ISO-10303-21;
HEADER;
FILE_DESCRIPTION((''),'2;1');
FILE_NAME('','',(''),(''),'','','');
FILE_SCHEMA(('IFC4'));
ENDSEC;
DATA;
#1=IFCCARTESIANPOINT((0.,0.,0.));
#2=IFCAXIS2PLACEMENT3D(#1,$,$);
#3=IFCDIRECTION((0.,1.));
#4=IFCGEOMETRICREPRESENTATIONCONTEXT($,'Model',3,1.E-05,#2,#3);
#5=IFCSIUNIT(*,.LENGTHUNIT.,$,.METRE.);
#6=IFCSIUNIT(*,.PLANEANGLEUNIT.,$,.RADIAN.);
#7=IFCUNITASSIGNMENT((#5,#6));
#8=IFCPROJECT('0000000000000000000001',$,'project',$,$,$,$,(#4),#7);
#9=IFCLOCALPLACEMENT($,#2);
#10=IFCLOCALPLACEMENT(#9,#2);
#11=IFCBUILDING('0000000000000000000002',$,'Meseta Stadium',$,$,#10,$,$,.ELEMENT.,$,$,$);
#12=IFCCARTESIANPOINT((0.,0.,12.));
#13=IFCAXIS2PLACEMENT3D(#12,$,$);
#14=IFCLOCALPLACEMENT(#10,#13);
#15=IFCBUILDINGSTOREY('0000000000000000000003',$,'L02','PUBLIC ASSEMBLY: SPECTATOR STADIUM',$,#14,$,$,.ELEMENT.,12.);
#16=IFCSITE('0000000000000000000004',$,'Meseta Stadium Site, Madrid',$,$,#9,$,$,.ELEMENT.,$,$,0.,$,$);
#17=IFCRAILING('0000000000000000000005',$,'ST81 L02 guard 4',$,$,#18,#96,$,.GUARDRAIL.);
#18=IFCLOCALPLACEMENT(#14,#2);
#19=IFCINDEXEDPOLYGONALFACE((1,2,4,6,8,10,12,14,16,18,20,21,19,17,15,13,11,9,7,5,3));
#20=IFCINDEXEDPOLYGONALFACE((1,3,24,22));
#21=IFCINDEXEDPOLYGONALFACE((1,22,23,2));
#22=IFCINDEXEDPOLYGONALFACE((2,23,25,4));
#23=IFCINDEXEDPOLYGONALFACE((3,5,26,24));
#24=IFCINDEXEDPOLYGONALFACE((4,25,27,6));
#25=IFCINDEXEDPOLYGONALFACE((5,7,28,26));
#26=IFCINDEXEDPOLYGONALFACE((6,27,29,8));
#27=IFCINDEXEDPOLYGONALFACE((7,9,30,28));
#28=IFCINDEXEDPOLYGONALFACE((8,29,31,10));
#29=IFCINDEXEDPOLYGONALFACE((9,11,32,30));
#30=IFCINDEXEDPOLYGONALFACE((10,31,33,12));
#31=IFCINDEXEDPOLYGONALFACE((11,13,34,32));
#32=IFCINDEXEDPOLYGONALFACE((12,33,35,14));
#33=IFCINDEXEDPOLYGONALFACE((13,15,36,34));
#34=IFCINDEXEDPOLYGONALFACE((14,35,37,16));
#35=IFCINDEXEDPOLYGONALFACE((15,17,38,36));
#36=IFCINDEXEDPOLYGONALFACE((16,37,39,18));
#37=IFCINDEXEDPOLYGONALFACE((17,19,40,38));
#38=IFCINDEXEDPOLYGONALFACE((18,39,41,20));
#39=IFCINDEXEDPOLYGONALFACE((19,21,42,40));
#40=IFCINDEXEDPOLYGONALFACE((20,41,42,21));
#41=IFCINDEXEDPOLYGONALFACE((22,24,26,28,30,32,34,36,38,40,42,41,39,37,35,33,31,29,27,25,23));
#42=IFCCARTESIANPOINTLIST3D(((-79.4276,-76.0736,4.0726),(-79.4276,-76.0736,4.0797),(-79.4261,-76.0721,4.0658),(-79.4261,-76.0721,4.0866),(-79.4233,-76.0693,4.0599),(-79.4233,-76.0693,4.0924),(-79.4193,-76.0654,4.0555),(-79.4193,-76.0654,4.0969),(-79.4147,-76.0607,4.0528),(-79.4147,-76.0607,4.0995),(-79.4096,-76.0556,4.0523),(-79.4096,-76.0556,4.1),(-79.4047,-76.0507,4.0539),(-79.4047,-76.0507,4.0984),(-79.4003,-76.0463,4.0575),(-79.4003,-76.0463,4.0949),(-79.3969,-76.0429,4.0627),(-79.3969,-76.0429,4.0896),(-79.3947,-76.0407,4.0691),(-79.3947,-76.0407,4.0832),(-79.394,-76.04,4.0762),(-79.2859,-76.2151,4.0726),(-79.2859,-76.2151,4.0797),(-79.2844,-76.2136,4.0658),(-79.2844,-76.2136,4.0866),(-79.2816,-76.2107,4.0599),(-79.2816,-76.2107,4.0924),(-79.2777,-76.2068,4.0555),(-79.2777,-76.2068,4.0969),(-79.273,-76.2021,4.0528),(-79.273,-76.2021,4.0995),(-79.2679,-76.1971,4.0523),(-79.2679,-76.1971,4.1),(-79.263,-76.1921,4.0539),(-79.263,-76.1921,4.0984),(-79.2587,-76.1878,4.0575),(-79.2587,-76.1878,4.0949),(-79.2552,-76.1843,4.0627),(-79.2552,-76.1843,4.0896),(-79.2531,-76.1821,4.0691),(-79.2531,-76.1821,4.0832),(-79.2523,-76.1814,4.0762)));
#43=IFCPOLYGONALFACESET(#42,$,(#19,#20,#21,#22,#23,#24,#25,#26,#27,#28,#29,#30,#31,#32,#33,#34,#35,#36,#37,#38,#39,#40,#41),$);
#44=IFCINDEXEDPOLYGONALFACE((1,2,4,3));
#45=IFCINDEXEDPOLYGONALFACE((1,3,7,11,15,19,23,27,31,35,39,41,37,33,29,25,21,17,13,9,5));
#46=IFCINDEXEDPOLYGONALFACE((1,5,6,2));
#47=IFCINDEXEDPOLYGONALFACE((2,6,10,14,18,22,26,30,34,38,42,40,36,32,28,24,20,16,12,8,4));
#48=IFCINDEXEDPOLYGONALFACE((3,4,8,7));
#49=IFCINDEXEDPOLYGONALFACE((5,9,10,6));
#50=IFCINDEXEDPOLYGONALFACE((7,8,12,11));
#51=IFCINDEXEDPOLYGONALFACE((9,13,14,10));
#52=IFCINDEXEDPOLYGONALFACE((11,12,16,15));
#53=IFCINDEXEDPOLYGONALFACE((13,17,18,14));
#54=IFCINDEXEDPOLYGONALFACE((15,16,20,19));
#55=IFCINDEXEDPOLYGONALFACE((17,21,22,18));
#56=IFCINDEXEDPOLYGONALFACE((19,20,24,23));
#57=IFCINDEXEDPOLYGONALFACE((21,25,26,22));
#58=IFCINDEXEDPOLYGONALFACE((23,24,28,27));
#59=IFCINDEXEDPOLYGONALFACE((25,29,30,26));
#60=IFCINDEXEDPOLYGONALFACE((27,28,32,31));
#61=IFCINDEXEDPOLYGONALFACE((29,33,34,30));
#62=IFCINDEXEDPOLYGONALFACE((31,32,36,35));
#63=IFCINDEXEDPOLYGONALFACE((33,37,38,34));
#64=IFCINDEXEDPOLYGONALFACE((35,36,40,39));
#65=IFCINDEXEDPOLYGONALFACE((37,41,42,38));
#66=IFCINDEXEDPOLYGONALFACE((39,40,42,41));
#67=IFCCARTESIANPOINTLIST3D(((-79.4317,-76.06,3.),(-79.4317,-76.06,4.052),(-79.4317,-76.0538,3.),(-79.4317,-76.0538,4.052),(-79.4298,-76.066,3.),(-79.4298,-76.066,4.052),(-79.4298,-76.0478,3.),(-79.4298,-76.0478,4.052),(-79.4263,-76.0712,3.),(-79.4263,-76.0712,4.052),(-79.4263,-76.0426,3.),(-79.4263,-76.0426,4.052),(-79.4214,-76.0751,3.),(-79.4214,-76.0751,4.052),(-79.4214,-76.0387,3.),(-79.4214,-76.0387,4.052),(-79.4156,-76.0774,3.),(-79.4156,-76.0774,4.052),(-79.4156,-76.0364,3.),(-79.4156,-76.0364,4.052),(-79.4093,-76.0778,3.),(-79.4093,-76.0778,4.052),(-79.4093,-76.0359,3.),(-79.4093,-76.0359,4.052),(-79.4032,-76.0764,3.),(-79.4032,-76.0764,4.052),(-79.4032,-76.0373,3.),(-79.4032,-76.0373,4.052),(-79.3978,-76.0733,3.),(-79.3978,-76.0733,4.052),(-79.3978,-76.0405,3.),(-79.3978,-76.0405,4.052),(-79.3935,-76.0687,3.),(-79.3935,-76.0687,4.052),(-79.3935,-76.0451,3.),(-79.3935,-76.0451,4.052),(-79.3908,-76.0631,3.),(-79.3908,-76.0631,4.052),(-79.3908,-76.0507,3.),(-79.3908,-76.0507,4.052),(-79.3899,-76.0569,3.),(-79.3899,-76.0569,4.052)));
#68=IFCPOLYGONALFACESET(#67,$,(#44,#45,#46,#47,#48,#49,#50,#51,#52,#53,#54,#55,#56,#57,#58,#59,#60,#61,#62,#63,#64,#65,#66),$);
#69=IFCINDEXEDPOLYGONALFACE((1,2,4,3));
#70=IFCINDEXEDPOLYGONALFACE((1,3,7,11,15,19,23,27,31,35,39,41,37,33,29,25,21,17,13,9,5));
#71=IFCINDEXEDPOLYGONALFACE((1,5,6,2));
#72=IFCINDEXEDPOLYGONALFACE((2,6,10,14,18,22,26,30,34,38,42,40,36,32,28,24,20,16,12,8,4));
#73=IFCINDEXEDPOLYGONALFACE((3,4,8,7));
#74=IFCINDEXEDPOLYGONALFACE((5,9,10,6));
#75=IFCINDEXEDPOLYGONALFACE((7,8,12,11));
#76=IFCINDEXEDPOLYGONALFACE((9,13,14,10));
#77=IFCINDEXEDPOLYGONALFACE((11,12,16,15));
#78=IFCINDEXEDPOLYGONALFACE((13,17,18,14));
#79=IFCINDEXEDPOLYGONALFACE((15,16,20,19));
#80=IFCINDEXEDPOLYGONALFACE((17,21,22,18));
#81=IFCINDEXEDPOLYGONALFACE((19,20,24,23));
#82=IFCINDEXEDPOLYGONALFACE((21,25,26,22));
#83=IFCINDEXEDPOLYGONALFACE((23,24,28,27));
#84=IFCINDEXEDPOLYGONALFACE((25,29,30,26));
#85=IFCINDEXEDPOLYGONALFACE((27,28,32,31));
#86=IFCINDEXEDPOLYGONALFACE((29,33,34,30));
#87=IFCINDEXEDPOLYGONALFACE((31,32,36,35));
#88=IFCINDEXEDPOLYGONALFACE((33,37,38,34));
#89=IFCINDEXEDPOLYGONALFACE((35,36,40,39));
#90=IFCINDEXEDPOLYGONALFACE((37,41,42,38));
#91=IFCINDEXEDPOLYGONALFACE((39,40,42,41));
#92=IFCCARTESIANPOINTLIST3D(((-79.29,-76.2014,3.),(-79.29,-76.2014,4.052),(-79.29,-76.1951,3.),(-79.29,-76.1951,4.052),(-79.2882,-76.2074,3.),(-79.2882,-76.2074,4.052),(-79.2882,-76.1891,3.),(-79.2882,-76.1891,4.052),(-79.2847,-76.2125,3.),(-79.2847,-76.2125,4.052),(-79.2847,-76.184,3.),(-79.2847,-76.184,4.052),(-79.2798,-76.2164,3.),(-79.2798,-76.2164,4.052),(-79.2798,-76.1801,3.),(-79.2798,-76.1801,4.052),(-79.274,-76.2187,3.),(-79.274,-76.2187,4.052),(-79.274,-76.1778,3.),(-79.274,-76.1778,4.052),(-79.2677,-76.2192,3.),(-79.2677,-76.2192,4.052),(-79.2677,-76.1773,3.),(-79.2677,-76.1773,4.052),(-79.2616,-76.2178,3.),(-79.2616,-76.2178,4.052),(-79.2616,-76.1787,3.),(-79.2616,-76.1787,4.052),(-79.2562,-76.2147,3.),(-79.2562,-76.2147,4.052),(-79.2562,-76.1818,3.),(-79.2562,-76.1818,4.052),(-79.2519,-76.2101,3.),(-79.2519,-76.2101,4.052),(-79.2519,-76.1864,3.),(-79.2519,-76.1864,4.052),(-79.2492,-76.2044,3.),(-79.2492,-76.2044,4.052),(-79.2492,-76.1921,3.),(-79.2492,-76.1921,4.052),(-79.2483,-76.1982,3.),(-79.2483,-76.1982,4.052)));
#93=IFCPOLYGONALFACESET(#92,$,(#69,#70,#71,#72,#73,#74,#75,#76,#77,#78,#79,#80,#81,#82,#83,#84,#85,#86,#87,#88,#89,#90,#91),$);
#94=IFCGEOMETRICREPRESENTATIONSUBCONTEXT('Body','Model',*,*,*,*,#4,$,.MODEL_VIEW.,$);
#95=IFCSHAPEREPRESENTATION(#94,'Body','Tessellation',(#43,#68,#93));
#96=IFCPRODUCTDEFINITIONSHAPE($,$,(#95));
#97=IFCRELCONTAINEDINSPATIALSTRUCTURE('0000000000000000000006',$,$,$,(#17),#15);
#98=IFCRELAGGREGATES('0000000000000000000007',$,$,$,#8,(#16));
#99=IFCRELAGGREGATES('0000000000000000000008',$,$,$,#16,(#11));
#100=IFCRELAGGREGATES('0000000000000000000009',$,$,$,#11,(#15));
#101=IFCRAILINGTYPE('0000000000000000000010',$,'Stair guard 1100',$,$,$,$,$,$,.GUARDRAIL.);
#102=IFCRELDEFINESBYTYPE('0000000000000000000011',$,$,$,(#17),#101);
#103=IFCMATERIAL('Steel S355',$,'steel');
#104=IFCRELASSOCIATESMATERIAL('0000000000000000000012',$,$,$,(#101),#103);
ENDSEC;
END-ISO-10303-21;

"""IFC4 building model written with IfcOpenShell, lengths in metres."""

from ifc_helpers import new_model, si_unit, direction, frame, origin, origin_2d, place, context, subcontext, project, spatial, circle, extrude, material, type_object, element, save


model = new_model("IFC4")

# Units and contexts
model_context = context("Model", 3, precision=1e-05, world=origin(), true_north=direction((0.0, 1.0)))
body_context = subcontext(model_context, "Body", "Model", "MODEL_VIEW")
ifc_project = project(units=[si_unit("LENGTHUNIT", "METRE"), si_unit("PLANEANGLEUNIT", "RADIAN")], contexts=[model_context])

# Site, building, storey
site_placement = place(None, origin())
site = spatial("IfcSite", under=ifc_project, at=site_placement, Name="Meseta Stadium Site, Madrid", CompositionType="ELEMENT", RefElevation=0.0)
building_placement = place(site_placement, origin())
building = spatial("IfcBuilding", under=site, at=building_placement, Name="Meseta Stadium", CompositionType="ELEMENT")
storey_placement = place(building_placement, frame((0.0, 0.0, 12.0)))
storey = spatial("IfcBuildingStorey", under=building, at=storey_placement, Name="L02", Description="PUBLIC ASSEMBLY: SPECTATOR STADIUM", CompositionType="ELEMENT", Elevation=12.0)

# Railing
ifc_material_1 = material(Name="Steel S355", Category="steel")
railing_type_1 = type_object("IfcRailingType", Name="Stair guard 1100", PredefinedType="GUARDRAIL", material=ifc_material_1)
railing_1_placement = place(storey_placement, frame((-79.4109, -76.0569, 3.0)))
element("IfcRailing", 1, at=railing_1_placement, inside=storey, type_object=railing_type_1, Name="ST81 L02 guard 4", PredefinedType="GUARDRAIL", context=body_context, shape_type="SweptSolid", body=[
    extrude(circle(Radius=0.0239, at=origin_2d()), frame((0.0, 0.0, 1.0762), z_axis=(0.707717, -0.706496, 0.0), x_axis=(0.706496, 0.707717, 0.0)), (0.0, 0.0, 1.0), 0.2002),
    extrude(circle(Radius=0.021, at=origin_2d()), origin(), (0.0, 0.0, 1.0), 1.052),
    extrude(circle(Radius=0.021, at=origin_2d()), frame((0.1416, -0.1414, 0.0)), (0.0, 0.0, 1.0), 1.052),
])

save(model, "model.ifc")
